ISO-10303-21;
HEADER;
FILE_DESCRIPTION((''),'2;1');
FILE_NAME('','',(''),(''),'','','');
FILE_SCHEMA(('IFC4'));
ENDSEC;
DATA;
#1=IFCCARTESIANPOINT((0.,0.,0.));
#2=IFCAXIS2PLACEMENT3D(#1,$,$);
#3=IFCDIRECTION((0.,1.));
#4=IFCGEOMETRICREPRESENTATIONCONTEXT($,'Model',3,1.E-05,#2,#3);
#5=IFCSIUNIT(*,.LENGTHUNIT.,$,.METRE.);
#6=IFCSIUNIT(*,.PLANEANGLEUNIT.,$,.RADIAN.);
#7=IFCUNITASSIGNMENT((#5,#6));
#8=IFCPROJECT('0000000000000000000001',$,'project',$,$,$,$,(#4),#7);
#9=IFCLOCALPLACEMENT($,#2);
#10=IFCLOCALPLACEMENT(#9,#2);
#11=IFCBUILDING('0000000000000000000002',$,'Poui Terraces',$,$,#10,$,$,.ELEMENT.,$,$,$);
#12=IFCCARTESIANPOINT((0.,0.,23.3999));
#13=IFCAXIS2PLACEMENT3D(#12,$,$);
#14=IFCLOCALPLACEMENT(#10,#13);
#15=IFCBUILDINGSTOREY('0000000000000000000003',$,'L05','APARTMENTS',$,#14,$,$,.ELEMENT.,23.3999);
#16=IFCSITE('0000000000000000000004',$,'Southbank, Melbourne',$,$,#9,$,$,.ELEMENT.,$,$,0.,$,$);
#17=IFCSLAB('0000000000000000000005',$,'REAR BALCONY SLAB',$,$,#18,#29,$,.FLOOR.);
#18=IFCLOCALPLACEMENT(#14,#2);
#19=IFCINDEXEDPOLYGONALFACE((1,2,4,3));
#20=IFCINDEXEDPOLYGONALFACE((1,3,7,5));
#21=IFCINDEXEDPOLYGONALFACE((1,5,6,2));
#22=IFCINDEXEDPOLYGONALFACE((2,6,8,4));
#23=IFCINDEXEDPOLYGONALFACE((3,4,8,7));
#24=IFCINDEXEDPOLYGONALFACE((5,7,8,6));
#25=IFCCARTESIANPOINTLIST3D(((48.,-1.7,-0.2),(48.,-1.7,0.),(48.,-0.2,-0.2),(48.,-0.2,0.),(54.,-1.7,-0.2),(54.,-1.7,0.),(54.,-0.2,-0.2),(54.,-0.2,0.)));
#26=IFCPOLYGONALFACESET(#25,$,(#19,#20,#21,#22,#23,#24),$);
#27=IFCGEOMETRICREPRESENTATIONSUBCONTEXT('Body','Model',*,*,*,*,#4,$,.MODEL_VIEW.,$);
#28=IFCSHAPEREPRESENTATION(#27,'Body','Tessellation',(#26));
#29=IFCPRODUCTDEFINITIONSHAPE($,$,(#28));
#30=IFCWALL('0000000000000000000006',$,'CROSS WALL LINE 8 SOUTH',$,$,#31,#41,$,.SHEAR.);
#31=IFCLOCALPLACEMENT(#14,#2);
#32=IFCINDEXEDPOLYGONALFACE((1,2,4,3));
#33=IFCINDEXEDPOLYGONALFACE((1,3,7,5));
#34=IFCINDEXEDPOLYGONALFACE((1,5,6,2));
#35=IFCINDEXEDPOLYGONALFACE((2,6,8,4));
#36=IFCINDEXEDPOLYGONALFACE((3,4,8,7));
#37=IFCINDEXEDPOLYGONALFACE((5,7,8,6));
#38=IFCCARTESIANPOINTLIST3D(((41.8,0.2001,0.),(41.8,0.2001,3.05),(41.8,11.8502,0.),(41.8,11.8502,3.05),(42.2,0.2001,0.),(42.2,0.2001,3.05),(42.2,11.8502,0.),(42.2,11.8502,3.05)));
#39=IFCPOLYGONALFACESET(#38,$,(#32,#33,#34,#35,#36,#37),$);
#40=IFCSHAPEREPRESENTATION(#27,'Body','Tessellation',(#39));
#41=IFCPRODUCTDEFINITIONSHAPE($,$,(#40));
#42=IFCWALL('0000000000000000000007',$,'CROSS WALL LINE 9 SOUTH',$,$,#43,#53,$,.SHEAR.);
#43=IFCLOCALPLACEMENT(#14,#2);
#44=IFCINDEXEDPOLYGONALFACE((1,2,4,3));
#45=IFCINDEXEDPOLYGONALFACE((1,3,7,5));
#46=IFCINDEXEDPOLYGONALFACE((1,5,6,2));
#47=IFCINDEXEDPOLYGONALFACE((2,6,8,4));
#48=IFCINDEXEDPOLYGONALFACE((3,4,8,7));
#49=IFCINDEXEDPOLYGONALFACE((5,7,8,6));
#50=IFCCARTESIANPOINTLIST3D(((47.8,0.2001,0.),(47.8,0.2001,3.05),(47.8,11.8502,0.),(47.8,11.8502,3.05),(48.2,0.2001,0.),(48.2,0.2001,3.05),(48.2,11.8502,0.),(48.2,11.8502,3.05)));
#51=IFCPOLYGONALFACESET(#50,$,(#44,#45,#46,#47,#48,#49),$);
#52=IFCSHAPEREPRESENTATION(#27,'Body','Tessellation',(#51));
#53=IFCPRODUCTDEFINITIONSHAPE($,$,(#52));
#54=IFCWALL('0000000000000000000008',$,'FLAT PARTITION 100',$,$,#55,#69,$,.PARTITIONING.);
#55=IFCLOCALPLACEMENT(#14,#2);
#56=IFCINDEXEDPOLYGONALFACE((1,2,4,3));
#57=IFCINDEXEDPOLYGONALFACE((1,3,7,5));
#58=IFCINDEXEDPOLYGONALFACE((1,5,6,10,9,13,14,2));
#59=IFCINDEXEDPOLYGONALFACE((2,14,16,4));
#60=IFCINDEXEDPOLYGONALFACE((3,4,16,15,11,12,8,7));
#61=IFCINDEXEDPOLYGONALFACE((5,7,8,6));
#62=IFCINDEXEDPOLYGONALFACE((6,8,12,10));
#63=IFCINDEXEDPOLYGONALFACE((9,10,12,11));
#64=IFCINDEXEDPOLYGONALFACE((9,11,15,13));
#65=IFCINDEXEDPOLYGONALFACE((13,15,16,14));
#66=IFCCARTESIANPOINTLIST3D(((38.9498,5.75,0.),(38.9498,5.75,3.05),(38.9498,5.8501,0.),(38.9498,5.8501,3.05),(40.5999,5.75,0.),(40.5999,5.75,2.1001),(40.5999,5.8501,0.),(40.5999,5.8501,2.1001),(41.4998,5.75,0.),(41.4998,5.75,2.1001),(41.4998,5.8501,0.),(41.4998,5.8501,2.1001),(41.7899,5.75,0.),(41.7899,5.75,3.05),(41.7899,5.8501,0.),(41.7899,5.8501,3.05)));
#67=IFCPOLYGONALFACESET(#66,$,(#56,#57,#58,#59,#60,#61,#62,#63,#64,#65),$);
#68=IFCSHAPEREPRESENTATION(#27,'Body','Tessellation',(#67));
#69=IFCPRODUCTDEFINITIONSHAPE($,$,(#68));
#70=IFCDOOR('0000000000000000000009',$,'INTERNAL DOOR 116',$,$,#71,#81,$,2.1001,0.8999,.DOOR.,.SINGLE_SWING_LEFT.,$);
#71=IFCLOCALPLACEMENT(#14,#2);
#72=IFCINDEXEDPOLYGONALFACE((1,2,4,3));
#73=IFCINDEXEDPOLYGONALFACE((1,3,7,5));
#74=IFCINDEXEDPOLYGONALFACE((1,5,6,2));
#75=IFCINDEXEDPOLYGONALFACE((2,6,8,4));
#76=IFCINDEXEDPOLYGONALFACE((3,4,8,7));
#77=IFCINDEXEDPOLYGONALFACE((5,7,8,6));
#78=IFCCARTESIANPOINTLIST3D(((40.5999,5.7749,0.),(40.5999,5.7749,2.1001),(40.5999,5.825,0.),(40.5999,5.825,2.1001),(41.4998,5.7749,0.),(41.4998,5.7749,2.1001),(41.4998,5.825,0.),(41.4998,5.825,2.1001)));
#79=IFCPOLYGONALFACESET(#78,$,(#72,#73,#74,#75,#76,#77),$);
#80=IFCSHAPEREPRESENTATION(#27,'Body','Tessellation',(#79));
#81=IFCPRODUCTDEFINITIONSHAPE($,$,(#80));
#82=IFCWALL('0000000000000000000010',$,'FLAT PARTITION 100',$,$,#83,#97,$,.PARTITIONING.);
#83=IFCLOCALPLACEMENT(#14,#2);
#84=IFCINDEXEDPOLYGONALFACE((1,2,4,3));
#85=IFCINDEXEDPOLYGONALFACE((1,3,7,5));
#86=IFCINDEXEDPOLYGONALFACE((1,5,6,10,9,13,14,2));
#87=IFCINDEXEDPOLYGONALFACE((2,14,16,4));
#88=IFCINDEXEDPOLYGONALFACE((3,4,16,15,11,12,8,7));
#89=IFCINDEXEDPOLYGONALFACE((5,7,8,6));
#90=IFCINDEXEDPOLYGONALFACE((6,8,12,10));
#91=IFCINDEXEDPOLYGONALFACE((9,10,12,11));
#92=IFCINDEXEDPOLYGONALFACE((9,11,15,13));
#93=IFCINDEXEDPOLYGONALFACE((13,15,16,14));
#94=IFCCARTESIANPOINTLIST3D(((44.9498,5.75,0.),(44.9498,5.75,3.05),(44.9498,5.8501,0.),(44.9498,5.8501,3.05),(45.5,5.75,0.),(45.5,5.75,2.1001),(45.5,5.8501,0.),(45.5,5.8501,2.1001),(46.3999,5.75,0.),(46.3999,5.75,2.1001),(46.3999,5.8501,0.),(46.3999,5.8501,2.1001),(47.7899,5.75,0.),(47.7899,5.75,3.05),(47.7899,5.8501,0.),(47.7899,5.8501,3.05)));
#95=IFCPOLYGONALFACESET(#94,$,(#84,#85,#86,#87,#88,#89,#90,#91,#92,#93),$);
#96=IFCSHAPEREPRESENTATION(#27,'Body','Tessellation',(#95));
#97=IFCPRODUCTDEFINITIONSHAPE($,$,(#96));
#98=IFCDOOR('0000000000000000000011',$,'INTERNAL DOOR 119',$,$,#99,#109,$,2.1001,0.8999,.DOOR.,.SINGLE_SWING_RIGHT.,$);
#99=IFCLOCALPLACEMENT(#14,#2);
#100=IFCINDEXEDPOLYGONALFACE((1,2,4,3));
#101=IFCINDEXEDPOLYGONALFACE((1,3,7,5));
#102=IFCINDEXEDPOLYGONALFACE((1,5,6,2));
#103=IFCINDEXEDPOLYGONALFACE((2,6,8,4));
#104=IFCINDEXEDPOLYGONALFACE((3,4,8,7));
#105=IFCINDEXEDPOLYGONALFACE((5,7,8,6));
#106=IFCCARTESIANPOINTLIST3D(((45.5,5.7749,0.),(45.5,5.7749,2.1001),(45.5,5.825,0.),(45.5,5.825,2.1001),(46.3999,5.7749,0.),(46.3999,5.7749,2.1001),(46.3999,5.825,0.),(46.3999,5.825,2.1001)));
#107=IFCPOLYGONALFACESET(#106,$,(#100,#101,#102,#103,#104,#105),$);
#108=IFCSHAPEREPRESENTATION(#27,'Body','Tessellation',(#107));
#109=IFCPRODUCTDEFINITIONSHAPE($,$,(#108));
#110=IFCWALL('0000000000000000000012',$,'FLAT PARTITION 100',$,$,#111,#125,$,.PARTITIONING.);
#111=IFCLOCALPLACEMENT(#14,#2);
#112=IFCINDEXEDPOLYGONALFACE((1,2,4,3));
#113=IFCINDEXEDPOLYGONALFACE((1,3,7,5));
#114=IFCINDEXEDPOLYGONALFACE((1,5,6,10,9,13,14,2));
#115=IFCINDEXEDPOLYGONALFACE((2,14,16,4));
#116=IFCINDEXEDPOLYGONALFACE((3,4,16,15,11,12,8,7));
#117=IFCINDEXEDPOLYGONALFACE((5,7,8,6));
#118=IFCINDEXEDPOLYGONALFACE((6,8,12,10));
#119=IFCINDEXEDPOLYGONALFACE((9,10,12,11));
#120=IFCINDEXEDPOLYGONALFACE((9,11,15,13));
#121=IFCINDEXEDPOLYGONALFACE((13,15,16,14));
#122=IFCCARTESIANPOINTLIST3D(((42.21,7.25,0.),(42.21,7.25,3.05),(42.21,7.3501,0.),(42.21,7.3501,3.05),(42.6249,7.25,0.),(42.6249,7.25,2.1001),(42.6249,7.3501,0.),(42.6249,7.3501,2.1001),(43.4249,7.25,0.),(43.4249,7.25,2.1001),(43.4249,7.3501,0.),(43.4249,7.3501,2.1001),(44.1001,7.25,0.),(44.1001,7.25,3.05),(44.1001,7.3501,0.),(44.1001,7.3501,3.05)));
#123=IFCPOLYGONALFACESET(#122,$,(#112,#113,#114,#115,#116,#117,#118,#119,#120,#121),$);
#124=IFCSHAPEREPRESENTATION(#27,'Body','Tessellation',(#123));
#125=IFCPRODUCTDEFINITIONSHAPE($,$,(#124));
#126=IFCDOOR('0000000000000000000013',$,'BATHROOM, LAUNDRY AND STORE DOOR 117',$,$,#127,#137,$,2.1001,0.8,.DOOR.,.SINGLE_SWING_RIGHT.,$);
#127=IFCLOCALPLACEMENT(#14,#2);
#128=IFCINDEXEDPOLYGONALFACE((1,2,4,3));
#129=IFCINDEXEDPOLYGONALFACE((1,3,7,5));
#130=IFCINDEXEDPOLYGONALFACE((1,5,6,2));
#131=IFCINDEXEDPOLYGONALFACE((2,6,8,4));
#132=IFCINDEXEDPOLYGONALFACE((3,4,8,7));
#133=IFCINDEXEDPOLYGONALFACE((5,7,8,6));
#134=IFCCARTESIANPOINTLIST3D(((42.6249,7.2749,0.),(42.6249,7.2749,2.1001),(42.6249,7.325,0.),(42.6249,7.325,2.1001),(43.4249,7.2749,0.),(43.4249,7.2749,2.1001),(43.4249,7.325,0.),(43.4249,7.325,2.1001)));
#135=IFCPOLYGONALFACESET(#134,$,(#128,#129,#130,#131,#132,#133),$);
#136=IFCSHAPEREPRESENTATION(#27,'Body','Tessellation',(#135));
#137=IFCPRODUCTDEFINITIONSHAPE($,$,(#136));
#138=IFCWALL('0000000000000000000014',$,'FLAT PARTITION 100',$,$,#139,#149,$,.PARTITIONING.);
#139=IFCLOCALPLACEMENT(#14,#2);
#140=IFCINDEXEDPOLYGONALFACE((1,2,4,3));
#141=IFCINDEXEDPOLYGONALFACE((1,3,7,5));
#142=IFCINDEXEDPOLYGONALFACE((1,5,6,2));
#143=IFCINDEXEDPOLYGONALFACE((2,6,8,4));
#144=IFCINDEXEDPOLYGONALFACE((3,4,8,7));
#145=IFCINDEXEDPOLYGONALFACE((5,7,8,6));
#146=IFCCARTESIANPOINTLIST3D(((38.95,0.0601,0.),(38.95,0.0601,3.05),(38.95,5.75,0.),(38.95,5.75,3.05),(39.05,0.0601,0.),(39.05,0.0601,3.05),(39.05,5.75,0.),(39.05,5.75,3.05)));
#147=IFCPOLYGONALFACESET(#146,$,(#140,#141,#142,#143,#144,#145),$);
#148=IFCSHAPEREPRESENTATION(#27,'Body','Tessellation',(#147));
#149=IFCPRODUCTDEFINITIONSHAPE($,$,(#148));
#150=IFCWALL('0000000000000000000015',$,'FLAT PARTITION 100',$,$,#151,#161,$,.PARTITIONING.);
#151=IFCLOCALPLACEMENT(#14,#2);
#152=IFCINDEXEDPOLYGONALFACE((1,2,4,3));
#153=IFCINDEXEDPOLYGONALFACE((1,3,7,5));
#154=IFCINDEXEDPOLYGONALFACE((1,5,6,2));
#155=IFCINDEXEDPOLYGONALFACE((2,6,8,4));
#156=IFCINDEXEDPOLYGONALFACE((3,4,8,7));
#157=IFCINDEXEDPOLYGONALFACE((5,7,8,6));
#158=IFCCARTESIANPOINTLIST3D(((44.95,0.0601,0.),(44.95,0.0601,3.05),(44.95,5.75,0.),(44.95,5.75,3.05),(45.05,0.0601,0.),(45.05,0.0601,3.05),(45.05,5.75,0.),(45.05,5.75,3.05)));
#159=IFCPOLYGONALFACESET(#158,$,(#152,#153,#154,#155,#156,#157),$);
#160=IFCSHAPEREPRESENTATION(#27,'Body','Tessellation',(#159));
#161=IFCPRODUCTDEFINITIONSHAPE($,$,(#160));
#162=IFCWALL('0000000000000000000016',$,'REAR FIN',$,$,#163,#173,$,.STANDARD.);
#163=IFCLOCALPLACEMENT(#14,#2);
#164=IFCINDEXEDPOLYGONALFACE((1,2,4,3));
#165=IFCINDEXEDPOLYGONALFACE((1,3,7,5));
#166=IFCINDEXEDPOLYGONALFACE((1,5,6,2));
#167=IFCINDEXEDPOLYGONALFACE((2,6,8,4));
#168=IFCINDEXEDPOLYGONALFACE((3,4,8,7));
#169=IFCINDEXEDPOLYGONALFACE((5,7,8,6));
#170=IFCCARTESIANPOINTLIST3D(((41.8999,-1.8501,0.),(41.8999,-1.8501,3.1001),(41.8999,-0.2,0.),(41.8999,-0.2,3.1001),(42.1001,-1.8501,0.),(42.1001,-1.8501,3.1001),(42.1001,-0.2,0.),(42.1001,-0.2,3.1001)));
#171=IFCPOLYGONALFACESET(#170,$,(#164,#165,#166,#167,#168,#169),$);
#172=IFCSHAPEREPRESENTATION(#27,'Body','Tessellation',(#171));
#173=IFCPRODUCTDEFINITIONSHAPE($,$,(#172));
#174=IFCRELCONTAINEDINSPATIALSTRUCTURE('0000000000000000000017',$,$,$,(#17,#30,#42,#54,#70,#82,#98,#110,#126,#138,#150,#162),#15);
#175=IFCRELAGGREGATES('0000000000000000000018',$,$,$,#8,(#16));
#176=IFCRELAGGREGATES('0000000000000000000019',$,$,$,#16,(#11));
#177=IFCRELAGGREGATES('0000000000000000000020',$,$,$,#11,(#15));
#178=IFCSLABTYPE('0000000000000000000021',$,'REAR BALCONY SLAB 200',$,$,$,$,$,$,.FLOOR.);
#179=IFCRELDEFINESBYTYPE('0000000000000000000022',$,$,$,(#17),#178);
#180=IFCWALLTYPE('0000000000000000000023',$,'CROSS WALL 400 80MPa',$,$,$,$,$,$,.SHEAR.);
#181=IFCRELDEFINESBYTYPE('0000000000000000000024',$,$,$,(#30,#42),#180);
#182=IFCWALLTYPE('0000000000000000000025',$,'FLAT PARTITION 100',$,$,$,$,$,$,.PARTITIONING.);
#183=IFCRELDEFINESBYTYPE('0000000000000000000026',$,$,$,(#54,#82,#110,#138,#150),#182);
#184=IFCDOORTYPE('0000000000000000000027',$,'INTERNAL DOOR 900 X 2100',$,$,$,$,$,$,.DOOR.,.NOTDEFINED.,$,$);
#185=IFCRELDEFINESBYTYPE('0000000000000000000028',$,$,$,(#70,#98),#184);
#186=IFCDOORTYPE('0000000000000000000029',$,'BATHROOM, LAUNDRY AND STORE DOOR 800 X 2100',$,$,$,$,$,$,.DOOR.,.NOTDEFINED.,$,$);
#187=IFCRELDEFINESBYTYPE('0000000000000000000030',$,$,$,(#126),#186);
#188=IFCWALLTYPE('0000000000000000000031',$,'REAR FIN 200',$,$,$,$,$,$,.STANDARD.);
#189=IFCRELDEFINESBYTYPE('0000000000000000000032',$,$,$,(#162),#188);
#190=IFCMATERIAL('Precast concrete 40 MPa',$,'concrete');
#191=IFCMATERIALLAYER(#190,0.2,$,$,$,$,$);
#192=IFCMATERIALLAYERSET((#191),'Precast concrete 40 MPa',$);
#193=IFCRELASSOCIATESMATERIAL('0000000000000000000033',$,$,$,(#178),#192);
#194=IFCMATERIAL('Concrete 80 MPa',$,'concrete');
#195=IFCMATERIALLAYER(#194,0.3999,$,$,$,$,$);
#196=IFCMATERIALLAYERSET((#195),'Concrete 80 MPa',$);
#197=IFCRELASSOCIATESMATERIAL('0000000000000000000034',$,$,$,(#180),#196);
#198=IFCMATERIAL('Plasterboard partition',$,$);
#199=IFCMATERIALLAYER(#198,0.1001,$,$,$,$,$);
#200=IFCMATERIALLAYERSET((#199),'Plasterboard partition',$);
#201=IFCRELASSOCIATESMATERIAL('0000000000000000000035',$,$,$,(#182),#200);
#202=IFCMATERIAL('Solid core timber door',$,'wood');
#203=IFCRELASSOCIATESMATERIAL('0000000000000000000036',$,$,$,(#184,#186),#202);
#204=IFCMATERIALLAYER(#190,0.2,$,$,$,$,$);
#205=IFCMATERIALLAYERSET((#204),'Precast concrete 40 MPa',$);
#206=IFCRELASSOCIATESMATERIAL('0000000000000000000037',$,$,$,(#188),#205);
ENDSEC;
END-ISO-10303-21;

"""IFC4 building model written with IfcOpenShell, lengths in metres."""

from ifc_helpers import new_model, si_unit, direction, frame, frame_2d, origin, place, context, subcontext, project, spatial, polyline, rectangle, outline, extrude, source, transform, mapped, material, layer, layer_set, type_object, element, fill, save


model = new_model("IFC4")

# Units and contexts
model_context = context("Model", 3, precision=1e-05, world=origin(), true_north=direction((0.0, 1.0)))
body_context = subcontext(model_context, "Body", "Model", "MODEL_VIEW")
ifc_project = project(units=[si_unit("LENGTHUNIT", "METRE"), si_unit("PLANEANGLEUNIT", "RADIAN")], contexts=[model_context])

# Site, building, storey
site_placement = place(None, origin())
site = spatial("IfcSite", under=ifc_project, at=site_placement, Name="Southbank, Melbourne", CompositionType="ELEMENT", RefElevation=0.0)
building_placement = place(site_placement, origin())
building = spatial("IfcBuilding", under=site, at=building_placement, Name="Poui Terraces", CompositionType="ELEMENT")
storey_placement = place(building_placement, frame((0.0, 0.0, 23.3999)))
storey = spatial("IfcBuildingStorey", under=building, at=storey_placement, Name="L05", Description="APARTMENTS", CompositionType="ELEMENT", Elevation=23.3999)

# Slab
ifc_material_1 = material(Name="Precast concrete 40 MPa", Category="concrete")
ifc_layer_1 = layer(ifc_material_1, 0.2)
ifc_layer_set_1 = layer_set([ifc_layer_1], Name="Precast concrete 40 MPa")
slab_type = type_object("IfcSlabType", Name="REAR BALCONY SLAB 200", PredefinedType="FLOOR", material=ifc_layer_set_1)
shared_shape_1 = source(origin(), body_context, "Body", "SweptSolid", [
    extrude(outline(polyline([(0.0, 0.0), (6.0, 0.0), (6.0, 1.5), (0.0, 1.5), (0.0, 0.0)])), origin(), (0.0, 0.0, 1.0), 0.2),
])
slab_placement = place(storey_placement, frame((48.0, -1.7, -0.2)))
element("IfcSlab", 1, at=slab_placement, inside=storey, type_object=slab_type, Name="REAR BALCONY SLAB", PredefinedType="FLOOR", context=body_context, shape_type="MappedRepresentation", body=[
    mapped(shared_shape_1, transform((0.0, 0.0, 0.0))),
])

# Walls
ifc_material_2 = material(Name="Concrete 80 MPa", Category="concrete")
ifc_layer_2 = layer(ifc_material_2, 0.3999)
ifc_layer_set_2 = layer_set([ifc_layer_2], Name="Concrete 80 MPa")
wall_type_1 = type_object("IfcWallType", Name="CROSS WALL 400 80MPa", PredefinedType="SHEAR", material=ifc_layer_set_2)
for number, where, z_axis, x_axis, name in (
    (2, (42.0, 0.2, 0.0), (0.0, 0.0, 1.0), (0.0, 1.0, 0.0), "CROSS WALL LINE 8 SOUTH"),
    (3, (48.0, 0.2, 0.0), (0.0, 0.0, 1.0), (0.0, 1.0, 0.0), "CROSS WALL LINE 9 SOUTH"),
):
    element("IfcWall", number, at=place(storey_placement, frame(where, z_axis=z_axis, x_axis=x_axis)), inside=storey, type_object=wall_type_1, Name=name, PredefinedType="SHEAR", context=body_context, shape_type="SweptSolid", body=[
        extrude(rectangle(XDim=11.6501, YDim=0.3999, at=frame_2d((5.8252, 0.0))), origin(), (0.0, 0.0, 1.0), 3.05),
    ])

# Walls, openings, doors
ifc_material_3 = material(Name="Plasterboard partition")
ifc_layer_3 = layer(ifc_material_3, 0.1001)
ifc_layer_set_3 = layer_set([ifc_layer_3], Name="Plasterboard partition")
wall_type_2 = type_object("IfcWallType", Name="FLAT PARTITION 100", PredefinedType="PARTITIONING", material=ifc_layer_set_3)
wall_1_placement = place(storey_placement, frame((38.95, 5.8, 0.0), z_axis=(0.0, 0.0, 1.0), x_axis=(1.0, 0.0, 0.0)))
wall_1 = element("IfcWall", 4, at=wall_1_placement, inside=storey, type_object=wall_type_2, Name="FLAT PARTITION 100", PredefinedType="PARTITIONING", context=body_context, shape_type="SweptSolid", body=[
    extrude(rectangle(XDim=2.8401, YDim=0.1001, at=frame_2d((1.4199, 0.0))), origin(), (0.0, 0.0, 1.0), 3.05),
])
opening_1_placement = place(wall_1_placement, frame((1.6499, 0.0, 0.0)))
opening_1 = element("IfcOpeningElement", 5, at=opening_1_placement, cuts=wall_1, PredefinedType="OPENING", context=body_context, shape_type="SweptSolid", body=[
    extrude(rectangle(XDim=0.8999, YDim=2.1001, at=frame_2d((0.45, 1.05))), frame((0.0, 0.0601, 0.0), z_axis=(0.0, -1.0, 0.0), x_axis=(1.0, 0.0, 0.0)), (0.0, 0.0, 1.0), 0.1201),
])
ifc_material_4 = material(Name="Solid core timber door", Category="wood")
door_type_1 = type_object("IfcDoorType", Name="INTERNAL DOOR 900 X 2100", OperationType="NOTDEFINED", PredefinedType="DOOR", material=ifc_material_4)
door_1_placement = place(opening_1_placement, origin())
door_1 = element("IfcDoor", 6, at=door_1_placement, inside=storey, type_object=door_type_1, Name="INTERNAL DOOR 116", OperationType="SINGLE_SWING_LEFT", OverallHeight=2.1001, OverallWidth=0.8999, PredefinedType="DOOR", context=body_context, shape_type="SweptSolid", body=[
    extrude(rectangle(XDim=0.8999, YDim=2.1001, at=frame_2d((0.45, 1.05))), frame((0.0, 0.0249, 0.0), z_axis=(0.0, -1.0, 0.0), x_axis=(1.0, 0.0, 0.0)), (0.0, 0.0, 1.0), 0.05),
])
fill(opening_1, door_1)
wall_2_placement = place(storey_placement, frame((44.95, 5.8, 0.0), z_axis=(0.0, 0.0, 1.0), x_axis=(1.0, 0.0, 0.0)))
wall_2 = element("IfcWall", 7, at=wall_2_placement, inside=storey, type_object=wall_type_2, Name="FLAT PARTITION 100", PredefinedType="PARTITIONING", context=body_context, shape_type="SweptSolid", body=[
    extrude(rectangle(XDim=2.8401, YDim=0.1001, at=frame_2d((1.4199, 0.0))), origin(), (0.0, 0.0, 1.0), 3.05),
])
opening_2_placement = place(wall_2_placement, frame((0.55, 0.0, 0.0)))
opening_2 = element("IfcOpeningElement", 8, at=opening_2_placement, cuts=wall_2, PredefinedType="OPENING", context=body_context, shape_type="SweptSolid", body=[
    extrude(rectangle(XDim=0.8999, YDim=2.1001, at=frame_2d((0.45, 1.05))), frame((0.0, 0.0601, 0.0), z_axis=(0.0, -1.0, 0.0), x_axis=(1.0, 0.0, 0.0)), (0.0, 0.0, 1.0), 0.1201),
])
door_2_placement = place(opening_2_placement, origin())
door_2 = element("IfcDoor", 9, at=door_2_placement, inside=storey, type_object=door_type_1, Name="INTERNAL DOOR 119", OperationType="SINGLE_SWING_RIGHT", OverallHeight=2.1001, OverallWidth=0.8999, PredefinedType="DOOR", context=body_context, shape_type="SweptSolid", body=[
    extrude(rectangle(XDim=0.8999, YDim=2.1001, at=frame_2d((0.45, 1.05))), frame((0.0, 0.0249, 0.0), z_axis=(0.0, -1.0, 0.0), x_axis=(1.0, 0.0, 0.0)), (0.0, 0.0, 1.0), 0.05),
])
fill(opening_2, door_2)
wall_3_placement = place(storey_placement, frame((42.21, 7.3, 0.0), z_axis=(0.0, 0.0, 1.0), x_axis=(1.0, 0.0, 0.0)))
wall_3 = element("IfcWall", 10, at=wall_3_placement, inside=storey, type_object=wall_type_2, Name="FLAT PARTITION 100", PredefinedType="PARTITIONING", context=body_context, shape_type="SweptSolid", body=[
    extrude(rectangle(XDim=1.8901, YDim=0.1001, at=frame_2d((0.9451, 0.0))), origin(), (0.0, 0.0, 1.0), 3.05),
])
opening_3_placement = place(wall_3_placement, frame((0.415, 0.0, 0.0)))
opening_3 = element("IfcOpeningElement", 11, at=opening_3_placement, cuts=wall_3, PredefinedType="OPENING", context=body_context, shape_type="SweptSolid", body=[
    extrude(rectangle(XDim=0.8, YDim=2.1001, at=frame_2d((0.3999, 1.05))), frame((0.0, 0.0601, 0.0), z_axis=(0.0, -1.0, 0.0), x_axis=(1.0, 0.0, 0.0)), (0.0, 0.0, 1.0), 0.1201),
])
door_type_2 = type_object("IfcDoorType", Name="BATHROOM, LAUNDRY AND STORE DOOR 800 X 2100", OperationType="NOTDEFINED", PredefinedType="DOOR", material=ifc_material_4)
door_3_placement = place(opening_3_placement, origin())
door_3 = element("IfcDoor", 12, at=door_3_placement, inside=storey, type_object=door_type_2, Name="BATHROOM, LAUNDRY AND STORE DOOR 117", OperationType="SINGLE_SWING_RIGHT", OverallHeight=2.1001, OverallWidth=0.8, PredefinedType="DOOR", context=body_context, shape_type="SweptSolid", body=[
    extrude(rectangle(XDim=0.8, YDim=2.1001, at=frame_2d((0.3999, 1.05))), frame((0.0, 0.0249, 0.0), z_axis=(0.0, -1.0, 0.0), x_axis=(1.0, 0.0, 0.0)), (0.0, 0.0, 1.0), 0.05),
])
fill(opening_3, door_3)

# Walls
for number, where, z_axis, x_axis, name in (
    (13, (39.0, 0.0601, 0.0), (0.0, 0.0, 1.0), (0.0, 1.0, 0.0), "FLAT PARTITION 100"),
    (14, (45.0, 0.0601, 0.0), (0.0, 0.0, 1.0), (0.0, 1.0, 0.0), "FLAT PARTITION 100"),
):
    element("IfcWall", number, at=place(storey_placement, frame(where, z_axis=z_axis, x_axis=x_axis)), inside=storey, type_object=wall_type_2, Name=name, PredefinedType="PARTITIONING", context=body_context, shape_type="SweptSolid", body=[
        extrude(rectangle(XDim=5.6899, YDim=0.1001, at=frame_2d((2.845, 0.0))), origin(), (0.0, 0.0, 1.0), 3.05),
    ])
ifc_layer_4 = layer(ifc_material_1, 0.2)
ifc_layer_set_4 = layer_set([ifc_layer_4], Name="Precast concrete 40 MPa")
wall_type_3 = type_object("IfcWallType", Name="REAR FIN 200", PredefinedType="STANDARD", material=ifc_layer_set_4)
shared_shape_2 = source(origin(), body_context, "Body", "SweptSolid", [
    extrude(outline(polyline([(0.0, 0.0), (0.2002, 0.0), (0.2002, 1.6501), (0.0, 1.6501), (0.0, 0.0)])), origin(), (0.0, 0.0, 1.0), 3.1001),
])
for number, where, name in (
    (15, (41.8999, -1.8501, 0.0), "REAR FIN"),
):
    element("IfcWall", number, at=place(storey_placement, frame(where)), inside=storey, type_object=wall_type_3, Name=name, PredefinedType="STANDARD", context=body_context, shape_type="MappedRepresentation", body=[
        mapped(shared_shape_2, transform((0.0, 0.0, 0.0))),
    ])

save(model, "model.ifc")
